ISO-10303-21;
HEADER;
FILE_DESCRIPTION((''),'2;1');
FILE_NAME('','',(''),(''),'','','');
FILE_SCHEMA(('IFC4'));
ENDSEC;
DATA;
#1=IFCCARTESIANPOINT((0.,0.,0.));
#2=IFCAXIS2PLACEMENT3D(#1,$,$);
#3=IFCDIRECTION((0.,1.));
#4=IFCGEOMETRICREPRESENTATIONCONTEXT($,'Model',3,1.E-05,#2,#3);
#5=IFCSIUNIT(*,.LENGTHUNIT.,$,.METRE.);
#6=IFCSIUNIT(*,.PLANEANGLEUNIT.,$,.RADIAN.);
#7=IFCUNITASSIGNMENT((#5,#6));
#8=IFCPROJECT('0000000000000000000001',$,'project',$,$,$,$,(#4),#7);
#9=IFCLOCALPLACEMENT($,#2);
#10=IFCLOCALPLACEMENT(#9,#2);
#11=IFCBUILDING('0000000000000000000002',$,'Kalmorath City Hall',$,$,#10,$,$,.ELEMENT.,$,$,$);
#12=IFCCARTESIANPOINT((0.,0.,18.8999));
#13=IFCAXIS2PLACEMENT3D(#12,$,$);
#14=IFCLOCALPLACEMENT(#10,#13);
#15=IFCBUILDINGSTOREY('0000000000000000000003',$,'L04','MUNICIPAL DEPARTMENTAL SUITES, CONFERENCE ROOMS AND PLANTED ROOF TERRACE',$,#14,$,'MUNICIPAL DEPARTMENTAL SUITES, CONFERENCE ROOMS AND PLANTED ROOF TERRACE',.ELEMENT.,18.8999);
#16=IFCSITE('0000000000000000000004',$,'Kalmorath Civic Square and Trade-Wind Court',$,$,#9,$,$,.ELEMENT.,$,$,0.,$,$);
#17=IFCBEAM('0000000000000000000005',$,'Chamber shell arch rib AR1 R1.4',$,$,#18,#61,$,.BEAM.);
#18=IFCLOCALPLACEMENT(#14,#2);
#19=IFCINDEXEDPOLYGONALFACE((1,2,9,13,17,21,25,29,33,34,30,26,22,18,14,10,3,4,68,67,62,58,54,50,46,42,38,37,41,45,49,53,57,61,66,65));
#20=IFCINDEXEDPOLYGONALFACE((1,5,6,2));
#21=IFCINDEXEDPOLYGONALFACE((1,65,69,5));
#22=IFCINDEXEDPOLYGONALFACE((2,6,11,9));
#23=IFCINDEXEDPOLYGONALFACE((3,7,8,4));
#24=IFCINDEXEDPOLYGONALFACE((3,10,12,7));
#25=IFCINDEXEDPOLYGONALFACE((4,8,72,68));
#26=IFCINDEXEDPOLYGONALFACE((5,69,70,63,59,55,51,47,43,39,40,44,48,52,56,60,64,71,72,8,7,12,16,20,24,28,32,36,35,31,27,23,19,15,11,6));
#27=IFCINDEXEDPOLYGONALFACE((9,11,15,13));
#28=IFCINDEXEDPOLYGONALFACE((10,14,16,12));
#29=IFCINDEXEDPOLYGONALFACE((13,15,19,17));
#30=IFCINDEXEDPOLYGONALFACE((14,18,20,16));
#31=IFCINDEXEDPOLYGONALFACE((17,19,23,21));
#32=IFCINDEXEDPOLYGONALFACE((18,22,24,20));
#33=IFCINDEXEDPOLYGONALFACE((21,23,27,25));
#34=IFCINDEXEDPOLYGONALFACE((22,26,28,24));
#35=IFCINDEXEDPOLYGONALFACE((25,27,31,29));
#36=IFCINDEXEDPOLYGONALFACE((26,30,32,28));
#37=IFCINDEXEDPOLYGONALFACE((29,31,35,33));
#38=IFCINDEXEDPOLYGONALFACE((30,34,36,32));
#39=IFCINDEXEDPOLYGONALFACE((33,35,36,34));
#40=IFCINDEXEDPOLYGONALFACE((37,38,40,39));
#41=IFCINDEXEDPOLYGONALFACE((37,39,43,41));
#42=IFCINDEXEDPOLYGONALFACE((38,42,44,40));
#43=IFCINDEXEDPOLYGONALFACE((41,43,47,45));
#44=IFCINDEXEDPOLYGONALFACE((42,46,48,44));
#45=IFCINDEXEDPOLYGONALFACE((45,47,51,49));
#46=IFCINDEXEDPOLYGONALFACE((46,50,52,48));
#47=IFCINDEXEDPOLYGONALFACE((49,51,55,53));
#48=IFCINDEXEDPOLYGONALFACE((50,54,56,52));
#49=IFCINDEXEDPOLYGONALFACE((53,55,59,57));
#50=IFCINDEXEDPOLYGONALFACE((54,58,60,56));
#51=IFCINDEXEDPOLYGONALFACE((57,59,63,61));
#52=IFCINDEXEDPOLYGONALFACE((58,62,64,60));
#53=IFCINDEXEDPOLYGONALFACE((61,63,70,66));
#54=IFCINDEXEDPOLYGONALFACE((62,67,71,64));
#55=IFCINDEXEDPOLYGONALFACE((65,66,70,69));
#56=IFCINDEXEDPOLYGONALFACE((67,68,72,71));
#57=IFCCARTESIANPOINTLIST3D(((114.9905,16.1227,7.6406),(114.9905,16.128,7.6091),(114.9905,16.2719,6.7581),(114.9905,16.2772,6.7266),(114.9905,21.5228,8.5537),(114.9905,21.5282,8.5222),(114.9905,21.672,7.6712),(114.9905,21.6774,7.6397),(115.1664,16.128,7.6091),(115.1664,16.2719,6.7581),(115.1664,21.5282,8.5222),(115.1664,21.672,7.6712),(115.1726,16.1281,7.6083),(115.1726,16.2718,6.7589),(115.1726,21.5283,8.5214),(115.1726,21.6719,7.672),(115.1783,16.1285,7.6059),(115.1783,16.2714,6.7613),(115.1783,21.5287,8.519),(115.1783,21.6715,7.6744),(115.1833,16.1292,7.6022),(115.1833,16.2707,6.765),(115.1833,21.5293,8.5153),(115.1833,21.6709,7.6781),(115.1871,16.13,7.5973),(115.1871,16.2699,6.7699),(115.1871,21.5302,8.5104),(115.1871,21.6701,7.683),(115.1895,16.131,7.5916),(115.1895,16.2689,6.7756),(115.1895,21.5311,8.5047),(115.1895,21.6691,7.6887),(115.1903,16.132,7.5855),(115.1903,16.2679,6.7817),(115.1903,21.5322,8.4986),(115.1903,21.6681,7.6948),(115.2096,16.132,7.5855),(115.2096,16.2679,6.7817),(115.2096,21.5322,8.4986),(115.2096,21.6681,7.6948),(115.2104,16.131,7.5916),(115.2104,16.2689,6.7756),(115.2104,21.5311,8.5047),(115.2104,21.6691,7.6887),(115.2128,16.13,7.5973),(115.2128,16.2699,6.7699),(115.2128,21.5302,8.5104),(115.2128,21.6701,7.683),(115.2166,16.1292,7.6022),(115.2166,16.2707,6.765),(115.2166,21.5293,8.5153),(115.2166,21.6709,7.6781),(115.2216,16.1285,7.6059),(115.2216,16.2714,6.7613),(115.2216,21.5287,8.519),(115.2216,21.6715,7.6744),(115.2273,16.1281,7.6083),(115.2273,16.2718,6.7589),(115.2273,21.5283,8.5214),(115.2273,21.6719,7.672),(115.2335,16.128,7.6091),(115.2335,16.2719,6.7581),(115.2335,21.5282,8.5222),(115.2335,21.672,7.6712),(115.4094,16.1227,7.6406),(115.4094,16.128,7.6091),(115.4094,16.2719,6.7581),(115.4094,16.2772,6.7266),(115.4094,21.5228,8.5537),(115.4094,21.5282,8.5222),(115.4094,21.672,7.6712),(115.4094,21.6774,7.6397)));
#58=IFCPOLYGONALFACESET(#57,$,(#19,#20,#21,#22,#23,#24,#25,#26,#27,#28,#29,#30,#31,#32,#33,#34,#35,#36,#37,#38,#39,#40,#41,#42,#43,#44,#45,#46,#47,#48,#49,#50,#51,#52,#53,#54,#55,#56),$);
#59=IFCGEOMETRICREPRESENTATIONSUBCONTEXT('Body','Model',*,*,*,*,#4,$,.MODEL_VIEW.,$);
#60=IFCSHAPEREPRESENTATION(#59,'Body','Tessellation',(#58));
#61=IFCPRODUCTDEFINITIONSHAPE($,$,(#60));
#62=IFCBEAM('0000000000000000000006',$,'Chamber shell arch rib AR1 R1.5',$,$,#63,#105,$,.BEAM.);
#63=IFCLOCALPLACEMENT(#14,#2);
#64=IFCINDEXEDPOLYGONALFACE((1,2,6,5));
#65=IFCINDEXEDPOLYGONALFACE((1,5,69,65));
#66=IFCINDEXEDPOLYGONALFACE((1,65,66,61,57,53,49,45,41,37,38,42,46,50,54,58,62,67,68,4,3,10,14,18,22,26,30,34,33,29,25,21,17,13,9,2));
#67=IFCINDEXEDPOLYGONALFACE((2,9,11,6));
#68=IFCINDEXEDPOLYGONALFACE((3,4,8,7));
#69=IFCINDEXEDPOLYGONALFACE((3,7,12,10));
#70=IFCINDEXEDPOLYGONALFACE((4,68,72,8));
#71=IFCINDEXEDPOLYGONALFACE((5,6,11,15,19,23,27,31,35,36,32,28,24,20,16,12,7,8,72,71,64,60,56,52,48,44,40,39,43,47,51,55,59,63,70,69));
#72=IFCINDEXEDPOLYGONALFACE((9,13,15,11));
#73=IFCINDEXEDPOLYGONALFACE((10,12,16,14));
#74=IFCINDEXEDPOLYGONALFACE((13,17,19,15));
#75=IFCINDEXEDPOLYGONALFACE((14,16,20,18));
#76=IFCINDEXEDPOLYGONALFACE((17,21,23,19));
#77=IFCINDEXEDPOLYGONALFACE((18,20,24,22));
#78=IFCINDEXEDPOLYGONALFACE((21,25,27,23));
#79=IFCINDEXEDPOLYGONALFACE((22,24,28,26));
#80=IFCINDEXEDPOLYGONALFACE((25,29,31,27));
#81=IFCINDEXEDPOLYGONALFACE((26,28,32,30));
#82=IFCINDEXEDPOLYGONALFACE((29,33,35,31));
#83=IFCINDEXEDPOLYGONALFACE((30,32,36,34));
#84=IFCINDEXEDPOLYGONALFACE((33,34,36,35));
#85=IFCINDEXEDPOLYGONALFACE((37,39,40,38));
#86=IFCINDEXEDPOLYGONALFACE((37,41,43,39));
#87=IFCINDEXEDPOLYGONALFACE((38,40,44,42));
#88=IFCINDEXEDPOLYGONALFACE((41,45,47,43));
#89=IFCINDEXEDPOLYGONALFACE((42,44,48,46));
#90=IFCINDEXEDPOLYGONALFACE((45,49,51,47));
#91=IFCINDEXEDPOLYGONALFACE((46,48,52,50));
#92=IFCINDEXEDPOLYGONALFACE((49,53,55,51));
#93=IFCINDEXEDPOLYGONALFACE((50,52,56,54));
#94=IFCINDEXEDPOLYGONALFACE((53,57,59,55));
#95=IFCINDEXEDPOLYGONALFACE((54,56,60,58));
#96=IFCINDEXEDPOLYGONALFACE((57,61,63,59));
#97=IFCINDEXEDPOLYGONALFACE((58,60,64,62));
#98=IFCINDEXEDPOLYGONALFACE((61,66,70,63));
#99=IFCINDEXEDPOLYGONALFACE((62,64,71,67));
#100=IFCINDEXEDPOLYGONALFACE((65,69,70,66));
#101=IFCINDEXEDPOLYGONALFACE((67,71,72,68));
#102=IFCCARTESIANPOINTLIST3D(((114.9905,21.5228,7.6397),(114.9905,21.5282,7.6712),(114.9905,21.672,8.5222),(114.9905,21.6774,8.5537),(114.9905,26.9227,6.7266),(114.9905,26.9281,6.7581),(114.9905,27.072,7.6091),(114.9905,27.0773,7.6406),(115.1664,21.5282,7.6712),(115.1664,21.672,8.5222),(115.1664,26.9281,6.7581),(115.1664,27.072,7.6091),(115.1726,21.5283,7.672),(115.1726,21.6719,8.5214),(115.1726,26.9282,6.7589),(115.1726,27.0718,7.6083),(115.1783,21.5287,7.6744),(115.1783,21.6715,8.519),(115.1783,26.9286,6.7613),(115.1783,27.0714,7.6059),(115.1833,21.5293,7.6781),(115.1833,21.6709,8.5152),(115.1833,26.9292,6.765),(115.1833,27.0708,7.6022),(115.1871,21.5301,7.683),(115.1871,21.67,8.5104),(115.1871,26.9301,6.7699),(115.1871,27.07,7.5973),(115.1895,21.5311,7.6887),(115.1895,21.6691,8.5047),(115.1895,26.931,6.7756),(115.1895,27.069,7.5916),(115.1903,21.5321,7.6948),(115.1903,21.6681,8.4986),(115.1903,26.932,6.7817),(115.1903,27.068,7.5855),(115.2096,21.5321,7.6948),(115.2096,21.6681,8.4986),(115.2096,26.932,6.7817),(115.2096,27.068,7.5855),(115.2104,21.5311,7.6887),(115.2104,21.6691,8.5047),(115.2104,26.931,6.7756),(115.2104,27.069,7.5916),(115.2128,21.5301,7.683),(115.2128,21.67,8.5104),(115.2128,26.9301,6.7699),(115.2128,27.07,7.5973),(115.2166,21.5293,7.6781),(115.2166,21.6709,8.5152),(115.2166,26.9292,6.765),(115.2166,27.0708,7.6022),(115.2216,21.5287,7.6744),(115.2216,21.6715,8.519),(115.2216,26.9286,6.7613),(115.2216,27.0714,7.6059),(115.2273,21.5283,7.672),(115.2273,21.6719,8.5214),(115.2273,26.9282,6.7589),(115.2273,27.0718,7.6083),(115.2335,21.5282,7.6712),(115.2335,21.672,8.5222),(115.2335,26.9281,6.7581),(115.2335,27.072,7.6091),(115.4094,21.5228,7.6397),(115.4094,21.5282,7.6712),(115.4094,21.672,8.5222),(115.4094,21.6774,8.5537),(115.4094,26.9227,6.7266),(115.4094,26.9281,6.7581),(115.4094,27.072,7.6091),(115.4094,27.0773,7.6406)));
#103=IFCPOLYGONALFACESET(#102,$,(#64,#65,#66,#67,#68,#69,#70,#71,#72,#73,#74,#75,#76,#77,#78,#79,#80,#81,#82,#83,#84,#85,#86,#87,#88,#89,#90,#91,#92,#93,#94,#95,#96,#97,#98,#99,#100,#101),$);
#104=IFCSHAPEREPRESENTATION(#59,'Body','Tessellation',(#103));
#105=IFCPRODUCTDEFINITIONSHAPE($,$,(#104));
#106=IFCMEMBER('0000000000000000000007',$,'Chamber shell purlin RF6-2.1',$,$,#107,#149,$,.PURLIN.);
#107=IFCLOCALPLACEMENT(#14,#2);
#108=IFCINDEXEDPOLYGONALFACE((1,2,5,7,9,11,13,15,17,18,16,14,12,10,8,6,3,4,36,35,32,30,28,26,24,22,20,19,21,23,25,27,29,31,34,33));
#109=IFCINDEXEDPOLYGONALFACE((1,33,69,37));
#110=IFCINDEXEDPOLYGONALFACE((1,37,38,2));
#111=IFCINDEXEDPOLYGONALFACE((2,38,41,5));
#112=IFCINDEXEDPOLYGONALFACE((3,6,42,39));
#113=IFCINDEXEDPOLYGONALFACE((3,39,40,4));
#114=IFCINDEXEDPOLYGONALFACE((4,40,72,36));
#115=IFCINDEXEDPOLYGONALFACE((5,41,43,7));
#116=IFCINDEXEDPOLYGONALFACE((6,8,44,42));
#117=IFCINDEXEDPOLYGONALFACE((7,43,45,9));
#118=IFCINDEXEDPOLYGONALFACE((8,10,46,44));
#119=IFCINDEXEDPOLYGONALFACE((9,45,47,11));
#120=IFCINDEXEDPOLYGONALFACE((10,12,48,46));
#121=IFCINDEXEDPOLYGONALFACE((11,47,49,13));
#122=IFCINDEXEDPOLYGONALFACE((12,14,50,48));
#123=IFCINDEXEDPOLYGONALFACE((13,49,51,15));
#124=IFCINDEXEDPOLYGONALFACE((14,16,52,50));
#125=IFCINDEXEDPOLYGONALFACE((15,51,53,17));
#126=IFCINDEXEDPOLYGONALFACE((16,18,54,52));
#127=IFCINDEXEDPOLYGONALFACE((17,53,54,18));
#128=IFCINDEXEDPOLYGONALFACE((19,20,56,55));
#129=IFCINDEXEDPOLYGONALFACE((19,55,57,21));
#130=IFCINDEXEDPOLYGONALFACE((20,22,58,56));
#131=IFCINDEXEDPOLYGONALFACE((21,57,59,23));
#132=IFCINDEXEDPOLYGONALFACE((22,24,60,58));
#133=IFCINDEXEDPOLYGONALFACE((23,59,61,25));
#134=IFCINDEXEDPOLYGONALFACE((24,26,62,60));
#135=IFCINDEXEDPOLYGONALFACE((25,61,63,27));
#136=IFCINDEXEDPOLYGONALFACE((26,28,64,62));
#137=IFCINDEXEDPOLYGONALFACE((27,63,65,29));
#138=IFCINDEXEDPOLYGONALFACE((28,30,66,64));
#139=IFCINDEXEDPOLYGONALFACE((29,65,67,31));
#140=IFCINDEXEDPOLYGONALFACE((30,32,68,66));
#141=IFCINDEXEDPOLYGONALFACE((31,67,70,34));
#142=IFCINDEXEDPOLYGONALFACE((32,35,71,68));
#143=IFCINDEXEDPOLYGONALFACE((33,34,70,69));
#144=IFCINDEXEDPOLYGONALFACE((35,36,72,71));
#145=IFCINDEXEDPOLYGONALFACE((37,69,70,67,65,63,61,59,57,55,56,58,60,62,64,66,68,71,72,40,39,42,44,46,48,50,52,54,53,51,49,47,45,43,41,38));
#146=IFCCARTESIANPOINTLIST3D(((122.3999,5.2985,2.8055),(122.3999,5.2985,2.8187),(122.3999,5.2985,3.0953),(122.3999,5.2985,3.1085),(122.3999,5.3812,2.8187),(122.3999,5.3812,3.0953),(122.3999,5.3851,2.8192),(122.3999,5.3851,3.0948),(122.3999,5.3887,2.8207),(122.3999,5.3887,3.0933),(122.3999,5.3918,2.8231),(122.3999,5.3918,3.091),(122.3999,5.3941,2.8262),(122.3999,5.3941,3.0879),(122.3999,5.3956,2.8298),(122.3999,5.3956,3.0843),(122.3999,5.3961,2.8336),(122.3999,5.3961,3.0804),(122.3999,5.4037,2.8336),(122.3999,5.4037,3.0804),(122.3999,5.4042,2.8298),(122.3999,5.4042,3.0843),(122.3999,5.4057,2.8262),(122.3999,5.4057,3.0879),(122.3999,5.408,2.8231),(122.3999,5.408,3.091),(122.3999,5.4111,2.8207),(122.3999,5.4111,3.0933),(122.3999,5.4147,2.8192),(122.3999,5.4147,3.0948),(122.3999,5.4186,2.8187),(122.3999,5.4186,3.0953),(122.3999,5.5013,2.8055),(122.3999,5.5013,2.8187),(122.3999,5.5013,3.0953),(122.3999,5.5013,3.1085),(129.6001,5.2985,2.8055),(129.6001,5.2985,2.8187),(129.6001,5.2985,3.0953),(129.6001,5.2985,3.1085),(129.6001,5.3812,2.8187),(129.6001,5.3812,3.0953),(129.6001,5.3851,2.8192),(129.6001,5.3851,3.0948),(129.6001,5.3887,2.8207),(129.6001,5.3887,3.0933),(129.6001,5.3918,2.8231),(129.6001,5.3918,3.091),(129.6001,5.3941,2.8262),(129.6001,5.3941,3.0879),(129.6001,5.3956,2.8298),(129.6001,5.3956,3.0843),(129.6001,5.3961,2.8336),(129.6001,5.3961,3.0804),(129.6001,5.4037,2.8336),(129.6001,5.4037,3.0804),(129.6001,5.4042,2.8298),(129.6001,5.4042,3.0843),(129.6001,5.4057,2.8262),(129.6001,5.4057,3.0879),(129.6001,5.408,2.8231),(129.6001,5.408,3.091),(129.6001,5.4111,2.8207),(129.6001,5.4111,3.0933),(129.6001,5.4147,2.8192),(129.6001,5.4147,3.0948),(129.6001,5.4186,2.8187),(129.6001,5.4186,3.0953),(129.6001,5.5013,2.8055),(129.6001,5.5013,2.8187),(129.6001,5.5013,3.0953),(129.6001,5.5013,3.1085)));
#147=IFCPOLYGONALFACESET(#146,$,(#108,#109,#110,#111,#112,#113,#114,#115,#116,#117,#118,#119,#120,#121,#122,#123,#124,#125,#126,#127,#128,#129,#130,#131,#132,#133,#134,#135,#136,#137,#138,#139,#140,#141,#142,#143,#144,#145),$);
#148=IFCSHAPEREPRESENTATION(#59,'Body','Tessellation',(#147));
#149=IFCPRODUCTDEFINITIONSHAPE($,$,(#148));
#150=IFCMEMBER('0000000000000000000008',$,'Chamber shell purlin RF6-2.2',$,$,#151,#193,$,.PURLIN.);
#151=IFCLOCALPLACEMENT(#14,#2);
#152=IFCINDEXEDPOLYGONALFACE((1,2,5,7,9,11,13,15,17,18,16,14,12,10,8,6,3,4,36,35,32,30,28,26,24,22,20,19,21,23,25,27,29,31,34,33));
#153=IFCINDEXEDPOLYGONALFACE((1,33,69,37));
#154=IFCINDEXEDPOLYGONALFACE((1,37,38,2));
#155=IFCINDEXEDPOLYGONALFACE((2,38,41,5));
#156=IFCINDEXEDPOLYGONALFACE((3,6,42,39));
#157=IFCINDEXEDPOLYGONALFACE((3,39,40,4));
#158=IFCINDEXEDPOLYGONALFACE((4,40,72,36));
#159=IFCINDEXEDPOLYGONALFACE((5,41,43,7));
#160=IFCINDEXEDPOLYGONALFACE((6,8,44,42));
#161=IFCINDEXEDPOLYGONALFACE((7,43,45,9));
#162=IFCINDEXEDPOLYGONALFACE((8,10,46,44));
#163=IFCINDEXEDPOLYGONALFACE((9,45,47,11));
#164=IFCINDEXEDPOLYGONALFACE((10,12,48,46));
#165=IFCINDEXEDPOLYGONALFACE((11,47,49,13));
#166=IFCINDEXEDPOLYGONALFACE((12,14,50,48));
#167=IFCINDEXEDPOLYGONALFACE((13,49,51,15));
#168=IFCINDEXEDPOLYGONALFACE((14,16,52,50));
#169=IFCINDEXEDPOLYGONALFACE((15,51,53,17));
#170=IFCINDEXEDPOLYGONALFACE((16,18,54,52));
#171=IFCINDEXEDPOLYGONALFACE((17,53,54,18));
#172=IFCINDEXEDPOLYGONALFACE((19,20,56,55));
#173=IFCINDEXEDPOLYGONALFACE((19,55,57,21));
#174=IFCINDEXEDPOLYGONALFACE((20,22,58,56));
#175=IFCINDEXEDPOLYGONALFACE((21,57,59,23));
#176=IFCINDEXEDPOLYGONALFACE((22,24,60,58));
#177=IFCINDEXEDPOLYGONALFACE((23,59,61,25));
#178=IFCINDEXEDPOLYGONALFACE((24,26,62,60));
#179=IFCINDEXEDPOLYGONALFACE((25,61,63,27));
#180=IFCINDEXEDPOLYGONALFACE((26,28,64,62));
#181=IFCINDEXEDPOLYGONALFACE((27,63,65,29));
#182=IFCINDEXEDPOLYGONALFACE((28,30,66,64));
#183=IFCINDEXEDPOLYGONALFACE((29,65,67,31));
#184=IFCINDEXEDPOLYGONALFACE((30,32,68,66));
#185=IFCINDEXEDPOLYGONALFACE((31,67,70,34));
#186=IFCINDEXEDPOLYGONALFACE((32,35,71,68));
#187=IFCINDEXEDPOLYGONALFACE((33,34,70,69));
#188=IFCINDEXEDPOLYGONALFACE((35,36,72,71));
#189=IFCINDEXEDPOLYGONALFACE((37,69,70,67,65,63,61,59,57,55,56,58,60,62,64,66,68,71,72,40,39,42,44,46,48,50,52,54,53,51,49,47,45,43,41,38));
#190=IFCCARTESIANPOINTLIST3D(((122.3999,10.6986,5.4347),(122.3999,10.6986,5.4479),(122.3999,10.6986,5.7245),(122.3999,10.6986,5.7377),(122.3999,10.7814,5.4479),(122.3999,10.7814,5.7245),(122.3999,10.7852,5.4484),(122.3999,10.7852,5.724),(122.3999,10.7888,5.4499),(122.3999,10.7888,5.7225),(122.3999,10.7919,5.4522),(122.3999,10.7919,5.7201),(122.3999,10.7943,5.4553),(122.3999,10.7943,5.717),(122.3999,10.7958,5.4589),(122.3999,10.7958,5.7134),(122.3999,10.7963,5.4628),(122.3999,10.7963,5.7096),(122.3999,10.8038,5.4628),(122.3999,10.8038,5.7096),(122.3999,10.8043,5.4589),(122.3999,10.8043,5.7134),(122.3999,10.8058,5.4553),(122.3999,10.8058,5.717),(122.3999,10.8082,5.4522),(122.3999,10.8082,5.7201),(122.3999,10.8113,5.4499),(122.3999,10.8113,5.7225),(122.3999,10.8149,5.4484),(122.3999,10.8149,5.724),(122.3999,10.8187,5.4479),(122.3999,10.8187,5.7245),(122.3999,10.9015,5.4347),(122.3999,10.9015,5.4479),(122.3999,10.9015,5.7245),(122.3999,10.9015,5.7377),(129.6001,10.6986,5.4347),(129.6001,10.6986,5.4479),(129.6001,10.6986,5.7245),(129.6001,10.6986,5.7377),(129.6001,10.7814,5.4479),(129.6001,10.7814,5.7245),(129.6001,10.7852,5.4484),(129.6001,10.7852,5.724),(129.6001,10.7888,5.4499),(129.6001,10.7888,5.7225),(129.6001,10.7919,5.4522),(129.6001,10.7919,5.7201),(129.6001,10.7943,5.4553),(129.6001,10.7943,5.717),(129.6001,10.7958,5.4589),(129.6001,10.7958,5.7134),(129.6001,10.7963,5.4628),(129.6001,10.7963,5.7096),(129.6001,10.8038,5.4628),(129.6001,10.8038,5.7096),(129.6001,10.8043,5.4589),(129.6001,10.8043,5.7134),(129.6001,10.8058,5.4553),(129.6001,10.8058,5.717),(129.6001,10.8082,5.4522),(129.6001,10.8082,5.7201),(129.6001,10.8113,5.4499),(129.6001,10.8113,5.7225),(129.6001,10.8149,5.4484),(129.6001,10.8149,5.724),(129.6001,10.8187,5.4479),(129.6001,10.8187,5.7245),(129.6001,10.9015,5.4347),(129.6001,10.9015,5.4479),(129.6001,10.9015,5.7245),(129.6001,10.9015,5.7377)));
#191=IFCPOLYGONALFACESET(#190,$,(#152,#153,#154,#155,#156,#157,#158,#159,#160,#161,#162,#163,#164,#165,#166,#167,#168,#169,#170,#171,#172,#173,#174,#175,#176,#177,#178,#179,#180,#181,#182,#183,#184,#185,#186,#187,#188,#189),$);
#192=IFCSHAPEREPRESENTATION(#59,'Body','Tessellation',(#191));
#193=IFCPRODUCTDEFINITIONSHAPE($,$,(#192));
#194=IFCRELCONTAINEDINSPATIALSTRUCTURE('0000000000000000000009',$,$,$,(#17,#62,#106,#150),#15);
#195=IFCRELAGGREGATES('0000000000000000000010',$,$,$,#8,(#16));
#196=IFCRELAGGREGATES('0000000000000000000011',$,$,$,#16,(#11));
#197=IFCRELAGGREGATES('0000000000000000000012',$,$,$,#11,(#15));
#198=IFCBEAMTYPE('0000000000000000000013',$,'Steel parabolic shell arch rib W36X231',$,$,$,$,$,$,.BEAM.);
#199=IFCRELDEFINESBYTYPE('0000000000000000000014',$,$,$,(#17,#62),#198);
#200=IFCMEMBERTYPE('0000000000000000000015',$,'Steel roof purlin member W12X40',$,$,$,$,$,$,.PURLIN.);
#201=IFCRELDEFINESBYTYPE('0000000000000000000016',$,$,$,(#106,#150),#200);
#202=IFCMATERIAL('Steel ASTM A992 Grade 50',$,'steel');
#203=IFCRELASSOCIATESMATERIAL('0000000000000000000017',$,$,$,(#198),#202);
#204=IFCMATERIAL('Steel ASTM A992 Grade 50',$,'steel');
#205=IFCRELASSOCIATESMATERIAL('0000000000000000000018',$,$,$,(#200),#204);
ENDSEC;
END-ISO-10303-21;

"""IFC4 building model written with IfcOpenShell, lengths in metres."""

from ifc_helpers import new_model, si_unit, direction, frame, origin, origin_2d, place, context, subcontext, project, spatial, i_section, extrude, material, material_profile, profile_set, type_object, element, save


model = new_model("IFC4")

# Units and contexts
model_context = context("Model", 3, precision=1e-05, world=origin(), true_north=direction((0.0, 1.0)))
body_context = subcontext(model_context, "Body", "Model", "MODEL_VIEW")
ifc_project = project(units=[si_unit("LENGTHUNIT", "METRE"), si_unit("PLANEANGLEUNIT", "RADIAN")], contexts=[model_context])

# Site, building, storey
site_placement = place(None, origin())
site = spatial("IfcSite", under=ifc_project, at=site_placement, Name="Kalmorath Civic Square and Trade-Wind Court", CompositionType="ELEMENT", RefElevation=0.0)
building_placement = place(site_placement, origin())
building = spatial("IfcBuilding", under=site, at=building_placement, Name="Kalmorath City Hall", CompositionType="ELEMENT")
storey_placement = place(building_placement, frame((0.0, 0.0, 18.8999)))
storey = spatial("IfcBuildingStorey", under=building, at=storey_placement, Name="L04", Description="MUNICIPAL DEPARTMENTAL SUITES, CONFERENCE ROOMS AND PLANTED ROOF TERRACE", LongName="MUNICIPAL DEPARTMENTAL SUITES, CONFERENCE ROOMS AND PLANTED ROOF TERRACE", CompositionType="ELEMENT", Elevation=18.8999)

# Beams
ifc_material_1 = material(Name="Steel ASTM A992 Grade 50", Category="steel")
ifc_material_profile_1 = material_profile(ifc_material_1, i_section(OverallWidth=0.4189, OverallDepth=0.927, WebThickness=0.0193, FlangeThickness=0.032, FilletRadius=0.0239, at=origin_2d()), Name="W36X231")
ifc_profile_set_1 = profile_set([ifc_material_profile_1], Name="Steel ASTM A992 Grade 50")
beam_type_1 = type_object("IfcBeamType", Name="Steel parabolic shell arch rib W36X231", PredefinedType="BEAM", material=ifc_profile_set_1)
beam_1_placement = place(storey_placement, frame((115.2, 16.2, 7.1836), z_axis=(0.0, 0.986004, 0.166719), x_axis=(-1.0, 0.0, 0.0)))
element("IfcBeam", 1, at=beam_1_placement, inside=storey, type_object=beam_type_1, Name="Chamber shell arch rib AR1 R1.4", PredefinedType="BEAM", context=body_context, shape_type="SweptSolid", body=[
    extrude(i_section(OverallWidth=0.4189, OverallDepth=0.927, WebThickness=0.0193, FlangeThickness=0.032, FilletRadius=0.0239, at=origin_2d()), origin(), (0.0, 0.0, 1.0), 5.4768),
])
beam_2_placement = place(storey_placement, frame((115.2, 21.6001, 8.0967), z_axis=(0.0, 0.986003, -0.166726), x_axis=(-1.0, 0.0, 0.0)))
element("IfcBeam", 2, at=beam_2_placement, inside=storey, type_object=beam_type_1, Name="Chamber shell arch rib AR1 R1.5", PredefinedType="BEAM", context=body_context, shape_type="SweptSolid", body=[
    extrude(i_section(OverallWidth=0.4189, OverallDepth=0.927, WebThickness=0.0193, FlangeThickness=0.032, FilletRadius=0.0239, at=origin_2d()), origin(), (0.0, 0.0, 1.0), 5.4766),
])

# Members
ifc_material_2 = material(Name="Steel ASTM A992 Grade 50", Category="steel")
ifc_material_profile_2 = material_profile(ifc_material_2, i_section(OverallWidth=0.2029, OverallDepth=0.303, WebThickness=0.0076, FlangeThickness=0.0132, FilletRadius=0.0149, at=origin_2d()), Name="W12X40")
ifc_profile_set_2 = profile_set([ifc_material_profile_2], Name="Steel ASTM A992 Grade 50")
member_type_1 = type_object("IfcMemberType", Name="Steel roof purlin member W12X40", PredefinedType="PURLIN", material=ifc_profile_set_2)
for number, where, z_axis, x_axis, name in (
    (3, (122.3999, 5.3999, 2.957), (1.0, 0.0, 0.0), (0.0, 1.0, 0.0), "Chamber shell purlin RF6-2.1"),
    (4, (122.3999, 10.8, 5.5862), (1.0, 0.0, 0.0), (0.0, 1.0, 0.0), "Chamber shell purlin RF6-2.2"),
):
    element("IfcMember", number, at=place(storey_placement, frame(where, z_axis=z_axis, x_axis=x_axis)), inside=storey, type_object=member_type_1, Name=name, PredefinedType="PURLIN", context=body_context, shape_type="SweptSolid", body=[
        extrude(i_section(OverallWidth=0.2029, OverallDepth=0.303, WebThickness=0.0076, FlangeThickness=0.0132, FilletRadius=0.0149, at=origin_2d()), origin(), (0.0, 0.0, 1.0), 7.2002),
    ])

save(model, "model.ifc")
